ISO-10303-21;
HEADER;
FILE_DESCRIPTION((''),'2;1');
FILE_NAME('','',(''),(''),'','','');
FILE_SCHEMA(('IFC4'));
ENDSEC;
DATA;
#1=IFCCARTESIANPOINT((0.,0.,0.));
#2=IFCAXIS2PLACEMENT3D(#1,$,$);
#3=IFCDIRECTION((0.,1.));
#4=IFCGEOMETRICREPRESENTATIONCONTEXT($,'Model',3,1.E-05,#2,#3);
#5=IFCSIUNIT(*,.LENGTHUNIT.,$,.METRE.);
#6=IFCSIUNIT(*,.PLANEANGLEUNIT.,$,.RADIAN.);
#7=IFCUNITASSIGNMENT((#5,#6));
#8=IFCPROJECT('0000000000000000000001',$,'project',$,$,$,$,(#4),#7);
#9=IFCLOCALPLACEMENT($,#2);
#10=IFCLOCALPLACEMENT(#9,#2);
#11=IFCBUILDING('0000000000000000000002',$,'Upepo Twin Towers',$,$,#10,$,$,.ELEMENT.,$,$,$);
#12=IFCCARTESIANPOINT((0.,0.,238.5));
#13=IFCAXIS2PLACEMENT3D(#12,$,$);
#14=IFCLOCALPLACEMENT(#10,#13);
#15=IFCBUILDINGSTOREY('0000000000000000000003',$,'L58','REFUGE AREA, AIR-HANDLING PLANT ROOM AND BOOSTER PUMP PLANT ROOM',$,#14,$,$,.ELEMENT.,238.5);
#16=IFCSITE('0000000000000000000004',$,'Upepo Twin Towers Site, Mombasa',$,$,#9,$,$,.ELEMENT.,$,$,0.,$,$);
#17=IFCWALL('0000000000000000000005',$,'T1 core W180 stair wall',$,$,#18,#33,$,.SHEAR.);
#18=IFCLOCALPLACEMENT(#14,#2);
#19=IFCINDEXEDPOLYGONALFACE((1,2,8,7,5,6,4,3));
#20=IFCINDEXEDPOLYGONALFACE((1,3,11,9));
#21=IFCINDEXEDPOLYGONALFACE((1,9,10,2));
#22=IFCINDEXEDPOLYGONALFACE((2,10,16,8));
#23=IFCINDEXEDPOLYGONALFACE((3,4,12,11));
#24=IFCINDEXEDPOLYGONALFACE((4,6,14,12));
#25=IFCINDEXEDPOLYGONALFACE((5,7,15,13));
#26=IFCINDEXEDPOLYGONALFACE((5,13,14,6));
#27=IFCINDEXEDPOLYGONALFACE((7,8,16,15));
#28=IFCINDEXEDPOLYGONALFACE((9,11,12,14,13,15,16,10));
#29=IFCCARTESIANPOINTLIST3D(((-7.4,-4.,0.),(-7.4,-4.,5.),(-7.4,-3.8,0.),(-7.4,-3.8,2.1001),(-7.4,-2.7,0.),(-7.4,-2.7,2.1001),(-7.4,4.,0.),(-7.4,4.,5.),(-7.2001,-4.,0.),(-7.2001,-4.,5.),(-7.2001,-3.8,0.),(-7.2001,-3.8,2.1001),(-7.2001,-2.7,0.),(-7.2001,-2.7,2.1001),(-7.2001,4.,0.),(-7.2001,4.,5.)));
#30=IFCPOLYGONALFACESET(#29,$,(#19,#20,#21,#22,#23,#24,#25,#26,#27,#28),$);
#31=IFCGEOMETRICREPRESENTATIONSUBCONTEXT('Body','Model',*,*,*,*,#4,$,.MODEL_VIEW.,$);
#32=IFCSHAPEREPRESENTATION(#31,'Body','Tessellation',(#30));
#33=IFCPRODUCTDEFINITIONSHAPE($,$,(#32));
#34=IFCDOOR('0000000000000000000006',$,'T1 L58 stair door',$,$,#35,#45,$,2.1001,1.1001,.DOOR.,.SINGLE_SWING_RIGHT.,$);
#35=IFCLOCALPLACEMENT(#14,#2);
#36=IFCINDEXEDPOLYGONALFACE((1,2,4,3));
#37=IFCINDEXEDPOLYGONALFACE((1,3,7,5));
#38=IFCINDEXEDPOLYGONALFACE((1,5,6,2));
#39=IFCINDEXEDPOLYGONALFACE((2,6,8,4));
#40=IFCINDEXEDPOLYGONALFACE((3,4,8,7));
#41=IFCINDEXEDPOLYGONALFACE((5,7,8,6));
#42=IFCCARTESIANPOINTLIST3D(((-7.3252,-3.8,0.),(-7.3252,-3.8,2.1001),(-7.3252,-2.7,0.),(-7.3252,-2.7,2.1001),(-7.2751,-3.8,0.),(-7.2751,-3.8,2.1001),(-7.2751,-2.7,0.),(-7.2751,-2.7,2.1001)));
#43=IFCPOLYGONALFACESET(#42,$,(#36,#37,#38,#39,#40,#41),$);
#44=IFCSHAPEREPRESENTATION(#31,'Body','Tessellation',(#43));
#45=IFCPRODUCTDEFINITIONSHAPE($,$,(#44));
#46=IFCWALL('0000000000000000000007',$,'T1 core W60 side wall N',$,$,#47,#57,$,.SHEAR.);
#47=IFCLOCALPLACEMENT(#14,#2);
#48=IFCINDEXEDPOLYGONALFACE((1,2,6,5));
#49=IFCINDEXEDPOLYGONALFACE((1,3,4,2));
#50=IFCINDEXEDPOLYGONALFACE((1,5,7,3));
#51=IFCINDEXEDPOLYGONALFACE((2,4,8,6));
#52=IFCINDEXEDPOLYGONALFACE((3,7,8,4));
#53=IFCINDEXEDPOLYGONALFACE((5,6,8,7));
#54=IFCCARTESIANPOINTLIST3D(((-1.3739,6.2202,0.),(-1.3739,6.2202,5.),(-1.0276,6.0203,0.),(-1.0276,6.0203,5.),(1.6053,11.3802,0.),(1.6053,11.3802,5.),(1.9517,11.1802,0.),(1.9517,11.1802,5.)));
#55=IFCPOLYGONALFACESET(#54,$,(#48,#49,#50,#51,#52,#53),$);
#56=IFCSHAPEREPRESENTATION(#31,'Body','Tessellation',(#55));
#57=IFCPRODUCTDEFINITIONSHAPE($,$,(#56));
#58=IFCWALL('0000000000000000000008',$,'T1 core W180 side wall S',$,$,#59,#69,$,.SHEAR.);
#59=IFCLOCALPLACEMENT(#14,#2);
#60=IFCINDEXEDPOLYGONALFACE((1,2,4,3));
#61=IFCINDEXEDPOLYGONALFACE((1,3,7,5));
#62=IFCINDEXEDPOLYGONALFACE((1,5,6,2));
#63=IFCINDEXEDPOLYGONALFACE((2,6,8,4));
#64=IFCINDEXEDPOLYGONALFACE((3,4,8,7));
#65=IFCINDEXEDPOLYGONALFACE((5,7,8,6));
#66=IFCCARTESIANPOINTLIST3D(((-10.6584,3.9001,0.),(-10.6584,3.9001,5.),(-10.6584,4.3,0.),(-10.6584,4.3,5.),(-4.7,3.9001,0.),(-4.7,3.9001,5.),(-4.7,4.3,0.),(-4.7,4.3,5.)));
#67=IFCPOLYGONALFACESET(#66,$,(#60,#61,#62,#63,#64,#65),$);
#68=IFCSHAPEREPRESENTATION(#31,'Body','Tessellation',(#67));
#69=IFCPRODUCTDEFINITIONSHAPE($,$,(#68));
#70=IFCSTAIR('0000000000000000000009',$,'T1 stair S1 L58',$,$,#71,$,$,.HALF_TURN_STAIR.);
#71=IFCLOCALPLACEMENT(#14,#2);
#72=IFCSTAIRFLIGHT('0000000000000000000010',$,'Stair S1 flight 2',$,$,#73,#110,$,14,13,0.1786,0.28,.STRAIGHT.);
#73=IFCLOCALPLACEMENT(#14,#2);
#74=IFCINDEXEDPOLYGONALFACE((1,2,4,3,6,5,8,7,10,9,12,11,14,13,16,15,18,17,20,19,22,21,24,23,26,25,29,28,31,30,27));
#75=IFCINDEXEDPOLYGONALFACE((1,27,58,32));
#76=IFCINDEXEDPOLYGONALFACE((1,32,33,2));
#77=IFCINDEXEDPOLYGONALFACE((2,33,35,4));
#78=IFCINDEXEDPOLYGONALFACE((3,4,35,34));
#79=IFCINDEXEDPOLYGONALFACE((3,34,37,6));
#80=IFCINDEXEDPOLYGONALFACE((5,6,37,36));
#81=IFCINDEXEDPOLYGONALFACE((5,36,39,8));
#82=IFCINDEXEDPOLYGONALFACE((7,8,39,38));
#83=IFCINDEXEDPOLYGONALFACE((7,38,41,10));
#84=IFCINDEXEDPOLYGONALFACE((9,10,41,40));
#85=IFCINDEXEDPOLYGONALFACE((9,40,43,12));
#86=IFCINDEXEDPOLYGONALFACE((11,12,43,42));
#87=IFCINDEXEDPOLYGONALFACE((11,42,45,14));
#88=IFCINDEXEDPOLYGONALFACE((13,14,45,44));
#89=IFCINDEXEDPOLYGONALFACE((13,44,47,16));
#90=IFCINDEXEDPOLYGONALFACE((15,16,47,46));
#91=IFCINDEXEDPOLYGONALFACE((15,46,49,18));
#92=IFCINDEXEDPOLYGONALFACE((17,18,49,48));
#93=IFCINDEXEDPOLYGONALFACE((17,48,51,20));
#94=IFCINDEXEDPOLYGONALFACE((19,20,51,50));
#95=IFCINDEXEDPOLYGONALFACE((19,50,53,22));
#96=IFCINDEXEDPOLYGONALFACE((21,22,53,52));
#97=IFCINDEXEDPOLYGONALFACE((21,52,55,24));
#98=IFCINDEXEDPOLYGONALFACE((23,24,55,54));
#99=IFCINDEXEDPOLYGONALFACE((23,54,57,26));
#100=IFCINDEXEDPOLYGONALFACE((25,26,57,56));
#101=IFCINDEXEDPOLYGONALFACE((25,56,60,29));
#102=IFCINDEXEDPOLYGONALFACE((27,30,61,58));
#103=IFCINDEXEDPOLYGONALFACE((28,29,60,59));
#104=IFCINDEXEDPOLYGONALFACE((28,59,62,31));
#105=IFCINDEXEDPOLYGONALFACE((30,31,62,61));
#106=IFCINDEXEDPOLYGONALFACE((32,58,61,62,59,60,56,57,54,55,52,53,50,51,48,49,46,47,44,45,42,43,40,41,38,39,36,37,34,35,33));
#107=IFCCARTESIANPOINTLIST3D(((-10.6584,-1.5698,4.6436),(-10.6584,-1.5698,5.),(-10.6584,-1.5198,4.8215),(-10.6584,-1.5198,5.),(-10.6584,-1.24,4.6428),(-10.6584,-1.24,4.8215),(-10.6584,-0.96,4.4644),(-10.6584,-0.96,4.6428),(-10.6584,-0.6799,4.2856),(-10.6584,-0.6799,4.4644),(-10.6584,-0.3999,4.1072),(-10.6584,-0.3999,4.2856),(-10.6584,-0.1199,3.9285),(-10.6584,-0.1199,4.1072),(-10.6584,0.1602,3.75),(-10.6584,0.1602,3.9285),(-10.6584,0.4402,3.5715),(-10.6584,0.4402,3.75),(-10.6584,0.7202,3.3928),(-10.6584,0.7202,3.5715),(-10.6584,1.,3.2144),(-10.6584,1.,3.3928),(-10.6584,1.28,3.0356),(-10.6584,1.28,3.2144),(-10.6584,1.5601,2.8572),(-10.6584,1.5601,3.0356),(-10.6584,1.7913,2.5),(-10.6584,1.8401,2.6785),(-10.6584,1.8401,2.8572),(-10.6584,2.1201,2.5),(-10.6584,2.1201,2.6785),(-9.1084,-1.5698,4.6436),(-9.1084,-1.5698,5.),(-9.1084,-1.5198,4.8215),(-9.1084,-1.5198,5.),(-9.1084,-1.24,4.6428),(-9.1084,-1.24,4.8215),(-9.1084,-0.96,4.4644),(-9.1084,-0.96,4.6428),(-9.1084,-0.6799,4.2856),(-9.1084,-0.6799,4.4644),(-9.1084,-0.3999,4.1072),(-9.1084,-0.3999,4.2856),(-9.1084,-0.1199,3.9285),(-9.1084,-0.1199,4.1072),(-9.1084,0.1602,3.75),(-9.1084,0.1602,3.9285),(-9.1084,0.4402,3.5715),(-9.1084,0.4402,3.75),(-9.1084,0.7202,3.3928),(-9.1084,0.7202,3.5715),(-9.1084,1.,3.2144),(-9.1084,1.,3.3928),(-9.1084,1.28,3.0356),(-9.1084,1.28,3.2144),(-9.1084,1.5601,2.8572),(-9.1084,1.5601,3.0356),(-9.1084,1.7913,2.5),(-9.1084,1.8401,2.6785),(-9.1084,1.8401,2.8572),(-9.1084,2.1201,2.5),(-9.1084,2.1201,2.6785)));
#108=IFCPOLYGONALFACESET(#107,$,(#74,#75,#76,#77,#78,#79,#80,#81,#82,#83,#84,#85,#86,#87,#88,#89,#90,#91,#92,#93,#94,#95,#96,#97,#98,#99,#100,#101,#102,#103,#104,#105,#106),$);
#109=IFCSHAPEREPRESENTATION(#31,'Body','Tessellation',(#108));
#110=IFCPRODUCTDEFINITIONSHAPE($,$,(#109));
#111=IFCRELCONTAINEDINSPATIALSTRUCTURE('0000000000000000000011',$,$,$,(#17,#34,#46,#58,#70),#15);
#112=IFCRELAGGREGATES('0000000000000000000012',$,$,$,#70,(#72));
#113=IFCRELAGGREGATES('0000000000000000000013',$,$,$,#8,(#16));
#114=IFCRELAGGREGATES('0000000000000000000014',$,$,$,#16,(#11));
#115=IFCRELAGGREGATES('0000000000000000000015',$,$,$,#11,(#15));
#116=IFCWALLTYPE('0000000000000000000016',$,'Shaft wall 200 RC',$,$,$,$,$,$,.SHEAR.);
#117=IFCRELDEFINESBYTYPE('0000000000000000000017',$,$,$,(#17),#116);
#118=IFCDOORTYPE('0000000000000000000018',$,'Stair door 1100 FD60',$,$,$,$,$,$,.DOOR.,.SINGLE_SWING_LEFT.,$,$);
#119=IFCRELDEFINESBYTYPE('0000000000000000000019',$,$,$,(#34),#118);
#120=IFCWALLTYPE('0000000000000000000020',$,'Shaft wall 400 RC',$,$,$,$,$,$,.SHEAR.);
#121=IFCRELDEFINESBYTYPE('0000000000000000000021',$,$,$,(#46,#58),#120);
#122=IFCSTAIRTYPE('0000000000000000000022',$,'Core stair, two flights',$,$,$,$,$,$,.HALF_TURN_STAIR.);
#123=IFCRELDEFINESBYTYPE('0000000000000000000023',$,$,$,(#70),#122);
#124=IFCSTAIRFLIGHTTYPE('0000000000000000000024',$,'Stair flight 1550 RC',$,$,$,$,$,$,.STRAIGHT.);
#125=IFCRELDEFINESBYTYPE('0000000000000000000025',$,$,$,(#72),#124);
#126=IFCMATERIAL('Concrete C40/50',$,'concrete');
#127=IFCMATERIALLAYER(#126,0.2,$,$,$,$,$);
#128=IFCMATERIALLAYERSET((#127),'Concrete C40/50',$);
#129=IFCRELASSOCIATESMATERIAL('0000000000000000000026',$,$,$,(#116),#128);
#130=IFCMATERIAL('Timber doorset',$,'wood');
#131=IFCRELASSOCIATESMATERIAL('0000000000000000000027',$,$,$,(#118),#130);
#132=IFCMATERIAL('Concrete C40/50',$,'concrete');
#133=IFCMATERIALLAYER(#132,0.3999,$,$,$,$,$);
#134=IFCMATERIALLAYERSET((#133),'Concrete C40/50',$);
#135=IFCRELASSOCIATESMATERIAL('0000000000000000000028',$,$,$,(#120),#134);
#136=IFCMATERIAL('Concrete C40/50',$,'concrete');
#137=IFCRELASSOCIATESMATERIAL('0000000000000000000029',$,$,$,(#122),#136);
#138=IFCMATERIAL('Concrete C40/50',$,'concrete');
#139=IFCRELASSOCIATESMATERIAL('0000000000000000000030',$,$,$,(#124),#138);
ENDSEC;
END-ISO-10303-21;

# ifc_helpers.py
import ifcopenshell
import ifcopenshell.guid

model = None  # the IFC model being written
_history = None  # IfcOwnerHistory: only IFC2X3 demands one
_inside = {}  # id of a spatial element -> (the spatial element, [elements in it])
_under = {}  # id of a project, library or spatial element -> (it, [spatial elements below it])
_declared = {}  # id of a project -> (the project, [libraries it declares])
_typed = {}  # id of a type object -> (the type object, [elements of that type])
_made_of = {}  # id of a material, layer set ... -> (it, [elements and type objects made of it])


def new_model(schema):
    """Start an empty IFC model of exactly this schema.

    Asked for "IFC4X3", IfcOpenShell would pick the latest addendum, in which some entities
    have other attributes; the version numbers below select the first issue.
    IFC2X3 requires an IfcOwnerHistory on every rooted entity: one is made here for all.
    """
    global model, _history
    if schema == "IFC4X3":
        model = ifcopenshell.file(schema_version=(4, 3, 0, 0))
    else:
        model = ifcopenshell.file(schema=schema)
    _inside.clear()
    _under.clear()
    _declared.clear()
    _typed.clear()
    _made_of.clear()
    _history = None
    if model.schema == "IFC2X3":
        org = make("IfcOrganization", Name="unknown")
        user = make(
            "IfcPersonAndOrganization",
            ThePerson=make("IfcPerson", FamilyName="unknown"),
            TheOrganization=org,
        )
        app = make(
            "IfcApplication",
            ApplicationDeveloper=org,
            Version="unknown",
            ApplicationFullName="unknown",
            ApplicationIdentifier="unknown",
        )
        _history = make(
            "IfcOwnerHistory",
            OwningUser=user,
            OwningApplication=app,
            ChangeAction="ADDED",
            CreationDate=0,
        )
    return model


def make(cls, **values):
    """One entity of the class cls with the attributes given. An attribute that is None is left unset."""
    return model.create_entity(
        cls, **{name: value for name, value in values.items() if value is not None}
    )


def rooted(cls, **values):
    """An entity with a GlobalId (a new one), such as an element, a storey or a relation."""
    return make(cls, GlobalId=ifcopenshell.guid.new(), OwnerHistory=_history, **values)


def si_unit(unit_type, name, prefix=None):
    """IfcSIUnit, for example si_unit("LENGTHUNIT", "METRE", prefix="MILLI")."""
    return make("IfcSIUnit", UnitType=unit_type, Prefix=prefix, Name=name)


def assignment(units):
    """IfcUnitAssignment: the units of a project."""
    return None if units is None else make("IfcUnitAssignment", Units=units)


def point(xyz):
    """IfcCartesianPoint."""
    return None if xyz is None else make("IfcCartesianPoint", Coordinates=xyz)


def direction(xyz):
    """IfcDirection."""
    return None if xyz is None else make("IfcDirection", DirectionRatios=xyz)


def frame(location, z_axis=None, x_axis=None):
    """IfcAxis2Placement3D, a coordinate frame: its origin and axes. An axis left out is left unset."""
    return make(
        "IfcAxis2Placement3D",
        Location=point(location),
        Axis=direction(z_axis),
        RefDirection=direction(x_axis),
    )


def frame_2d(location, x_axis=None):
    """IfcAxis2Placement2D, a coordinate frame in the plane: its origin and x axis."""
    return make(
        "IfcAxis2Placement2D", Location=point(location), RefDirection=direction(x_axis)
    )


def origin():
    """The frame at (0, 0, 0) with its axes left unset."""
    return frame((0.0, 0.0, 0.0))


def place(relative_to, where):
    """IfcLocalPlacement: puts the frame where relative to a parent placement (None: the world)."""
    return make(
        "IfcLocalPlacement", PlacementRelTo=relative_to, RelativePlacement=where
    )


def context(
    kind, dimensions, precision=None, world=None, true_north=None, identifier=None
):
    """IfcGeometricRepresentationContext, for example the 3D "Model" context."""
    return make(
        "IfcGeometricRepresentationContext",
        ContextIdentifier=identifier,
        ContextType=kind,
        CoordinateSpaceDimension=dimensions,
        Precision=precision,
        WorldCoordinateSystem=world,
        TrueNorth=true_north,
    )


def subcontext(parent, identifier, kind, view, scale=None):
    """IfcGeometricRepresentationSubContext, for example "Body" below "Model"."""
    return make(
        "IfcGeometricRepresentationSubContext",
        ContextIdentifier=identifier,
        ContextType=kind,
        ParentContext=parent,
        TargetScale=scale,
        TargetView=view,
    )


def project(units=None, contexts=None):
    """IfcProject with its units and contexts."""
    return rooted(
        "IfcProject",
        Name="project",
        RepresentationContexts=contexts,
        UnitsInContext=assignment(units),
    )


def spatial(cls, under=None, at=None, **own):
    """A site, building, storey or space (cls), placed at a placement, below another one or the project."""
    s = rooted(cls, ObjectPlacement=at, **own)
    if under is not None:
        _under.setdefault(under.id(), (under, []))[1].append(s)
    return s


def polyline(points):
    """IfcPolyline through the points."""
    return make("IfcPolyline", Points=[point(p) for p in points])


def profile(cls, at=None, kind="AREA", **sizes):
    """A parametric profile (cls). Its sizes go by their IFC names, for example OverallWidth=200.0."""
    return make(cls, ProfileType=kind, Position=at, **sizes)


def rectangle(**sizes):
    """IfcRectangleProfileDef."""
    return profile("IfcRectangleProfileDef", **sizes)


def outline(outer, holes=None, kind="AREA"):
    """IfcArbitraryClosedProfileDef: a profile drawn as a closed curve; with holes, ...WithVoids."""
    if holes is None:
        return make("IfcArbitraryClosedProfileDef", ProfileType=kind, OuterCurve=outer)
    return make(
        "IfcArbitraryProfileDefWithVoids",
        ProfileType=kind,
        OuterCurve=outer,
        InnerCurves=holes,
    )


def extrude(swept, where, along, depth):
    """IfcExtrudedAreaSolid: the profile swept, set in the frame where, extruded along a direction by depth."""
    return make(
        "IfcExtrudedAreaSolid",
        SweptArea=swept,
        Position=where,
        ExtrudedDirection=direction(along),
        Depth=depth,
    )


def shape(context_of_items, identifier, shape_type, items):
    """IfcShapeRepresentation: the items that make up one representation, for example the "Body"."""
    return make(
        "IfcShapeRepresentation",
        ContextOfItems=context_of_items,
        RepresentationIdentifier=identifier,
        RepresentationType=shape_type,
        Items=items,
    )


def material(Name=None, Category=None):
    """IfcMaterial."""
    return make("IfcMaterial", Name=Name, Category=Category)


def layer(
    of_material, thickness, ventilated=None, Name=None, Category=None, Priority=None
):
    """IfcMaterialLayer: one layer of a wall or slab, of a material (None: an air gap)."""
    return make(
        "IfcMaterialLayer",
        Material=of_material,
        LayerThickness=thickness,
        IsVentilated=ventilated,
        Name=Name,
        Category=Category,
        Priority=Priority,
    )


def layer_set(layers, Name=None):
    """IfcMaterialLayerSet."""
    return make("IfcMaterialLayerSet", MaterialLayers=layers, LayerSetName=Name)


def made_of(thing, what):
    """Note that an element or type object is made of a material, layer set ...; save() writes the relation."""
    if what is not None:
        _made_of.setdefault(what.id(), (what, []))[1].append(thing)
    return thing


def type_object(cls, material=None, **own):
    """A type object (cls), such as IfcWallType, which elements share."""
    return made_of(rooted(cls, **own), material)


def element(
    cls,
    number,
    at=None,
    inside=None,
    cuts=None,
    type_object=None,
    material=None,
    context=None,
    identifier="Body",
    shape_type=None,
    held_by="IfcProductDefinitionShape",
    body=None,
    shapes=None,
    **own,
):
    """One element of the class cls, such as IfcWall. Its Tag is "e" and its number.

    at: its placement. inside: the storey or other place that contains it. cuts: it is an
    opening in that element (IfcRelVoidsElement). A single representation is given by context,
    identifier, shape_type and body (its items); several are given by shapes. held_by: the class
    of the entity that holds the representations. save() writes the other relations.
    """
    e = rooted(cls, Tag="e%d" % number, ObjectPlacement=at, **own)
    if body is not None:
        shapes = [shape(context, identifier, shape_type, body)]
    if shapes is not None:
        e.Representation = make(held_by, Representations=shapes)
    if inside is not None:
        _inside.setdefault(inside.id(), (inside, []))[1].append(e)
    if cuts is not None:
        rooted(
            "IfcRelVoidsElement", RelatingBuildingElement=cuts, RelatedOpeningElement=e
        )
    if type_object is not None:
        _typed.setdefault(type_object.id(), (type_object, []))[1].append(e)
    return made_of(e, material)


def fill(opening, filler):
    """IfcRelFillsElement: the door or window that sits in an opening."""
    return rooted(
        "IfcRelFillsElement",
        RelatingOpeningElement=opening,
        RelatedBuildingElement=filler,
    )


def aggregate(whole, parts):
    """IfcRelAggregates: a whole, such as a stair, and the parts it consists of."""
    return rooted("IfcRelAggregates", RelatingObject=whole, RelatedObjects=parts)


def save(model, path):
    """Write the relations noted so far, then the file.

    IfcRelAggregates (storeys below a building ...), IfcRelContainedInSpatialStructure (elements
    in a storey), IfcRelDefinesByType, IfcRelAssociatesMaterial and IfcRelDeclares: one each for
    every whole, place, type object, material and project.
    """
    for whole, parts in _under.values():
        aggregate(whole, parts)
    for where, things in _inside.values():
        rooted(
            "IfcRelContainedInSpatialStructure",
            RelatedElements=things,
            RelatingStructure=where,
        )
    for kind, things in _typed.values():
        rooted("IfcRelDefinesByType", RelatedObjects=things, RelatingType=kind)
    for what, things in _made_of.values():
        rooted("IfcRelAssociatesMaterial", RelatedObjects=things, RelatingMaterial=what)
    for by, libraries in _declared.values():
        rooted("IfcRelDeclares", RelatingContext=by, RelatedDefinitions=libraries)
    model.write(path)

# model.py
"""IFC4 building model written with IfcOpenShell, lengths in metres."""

from ifc_helpers import new_model, si_unit, direction, frame, frame_2d, origin, place, context, subcontext, project, spatial, polyline, rectangle, outline, extrude, material, layer, layer_set, type_object, element, fill, aggregate, save


model = new_model("IFC4")

# Units and contexts
model_context = context("Model", 3, precision=1e-05, world=origin(), true_north=direction((0.0, 1.0)))
body_context = subcontext(model_context, "Body", "Model", "MODEL_VIEW")
ifc_project = project(units=[si_unit("LENGTHUNIT", "METRE"), si_unit("PLANEANGLEUNIT", "RADIAN")], contexts=[model_context])

# Site, building, storey
site_placement = place(None, origin())
site = spatial("IfcSite", under=ifc_project, at=site_placement, Name="Upepo Twin Towers Site, Mombasa", CompositionType="ELEMENT", RefElevation=0.0)
building_placement = place(site_placement, origin())
building = spatial("IfcBuilding", under=site, at=building_placement, Name="Upepo Twin Towers", CompositionType="ELEMENT")
storey_placement = place(building_placement, frame((0.0, 0.0, 238.5)))
storey = spatial("IfcBuildingStorey", under=building, at=storey_placement, Name="L58", Description="REFUGE AREA, AIR-HANDLING PLANT ROOM AND BOOSTER PUMP PLANT ROOM", CompositionType="ELEMENT", Elevation=238.5)

# Shared definitions
ifc_material_1 = material(Name="Concrete C40/50", Category="concrete")
ifc_layer_1 = layer(ifc_material_1, 0.2)
ifc_layer_set_1 = layer_set([ifc_layer_1], Name="Concrete C40/50")
wall_type_1 = type_object("IfcWallType", Name="Shaft wall 200 RC", PredefinedType="SHEAR", material=ifc_layer_set_1)

# Wall, opening, door
wall_1_placement = place(storey_placement, frame((-7.3, 4.0, 0.0), z_axis=(0.0, 0.0, 1.0), x_axis=(0.0, -1.0, 0.0)))
wall_1 = element("IfcWall", 1, at=wall_1_placement, inside=storey, type_object=wall_type_1, Name="T1 core W180 stair wall", PredefinedType="SHEAR", context=body_context, shape_type="SweptSolid", body=[
    extrude(rectangle(XDim=8.0, YDim=0.2, at=frame_2d((4.0, 0.0))), origin(), (0.0, 0.0, 1.0), 5.0),
])
opening_1_placement = place(wall_1_placement, frame((6.7, 0.0, 0.0)))
opening_1 = element("IfcOpeningElement", 2, at=opening_1_placement, cuts=wall_1, PredefinedType="OPENING", context=body_context, shape_type="SweptSolid", body=[
    extrude(rectangle(XDim=1.1001, YDim=2.1001, at=frame_2d((0.55, 1.05))), frame((0.0, 0.1099, 0.0), z_axis=(0.0, -1.0, 0.0), x_axis=(1.0, 0.0, 0.0)), (0.0, 0.0, 1.0), 0.22),
])
ifc_material_2 = material(Name="Timber doorset", Category="wood")
door_type_1 = type_object("IfcDoorType", Name="Stair door 1100 FD60", OperationType="SINGLE_SWING_LEFT", PredefinedType="DOOR", material=ifc_material_2)
door_1_placement = place(opening_1_placement, origin())
door_1 = element("IfcDoor", 3, at=door_1_placement, inside=storey, type_object=door_type_1, Name="T1 L58 stair door", OperationType="SINGLE_SWING_RIGHT", OverallHeight=2.1001, OverallWidth=1.1001, PredefinedType="DOOR", context=body_context, shape_type="SweptSolid", body=[
    extrude(rectangle(XDim=1.1001, YDim=2.1001, at=frame_2d((0.55, 1.05))), frame((0.0, 0.0249, 0.0), z_axis=(0.0, -1.0, 0.0), x_axis=(1.0, 0.0, 0.0)), (0.0, 0.0, 1.0), 0.05),
])
fill(opening_1, door_1)

# Walls
ifc_material_3 = material(Name="Concrete C40/50", Category="concrete")
ifc_layer_2 = layer(ifc_material_3, 0.3999)
ifc_layer_set_2 = layer_set([ifc_layer_2], Name="Concrete C40/50")
wall_type_2 = type_object("IfcWallType", Name="Shaft wall 400 RC", PredefinedType="SHEAR", material=ifc_layer_set_2)
wall_2_placement = place(storey_placement, frame((-1.2007, 6.1204, 0.0), z_axis=(0.0, 0.0, 1.0), x_axis=(0.500022, 0.866013, 0.0)))
element("IfcWall", 4, at=wall_2_placement, inside=storey, type_object=wall_type_2, Name="T1 core W60 side wall N", PredefinedType="SHEAR", context=body_context, shape_type="SweptSolid", body=[
    extrude(rectangle(XDim=5.9583, YDim=0.3999, at=frame_2d((2.979, 0.0))), origin(), (0.0, 0.0, 1.0), 5.0),
])
wall_3_placement = place(storey_placement, frame((-4.7, 4.1001, 0.0), z_axis=(0.0, 0.0, 1.0), x_axis=(-1.0, 0.0, 0.0)))
element("IfcWall", 5, at=wall_3_placement, inside=storey, type_object=wall_type_2, Name="T1 core W180 side wall S", PredefinedType="SHEAR", context=body_context, shape_type="SweptSolid", body=[
    extrude(rectangle(XDim=5.9585, YDim=0.3999, at=frame_2d((2.9792, 0.0))), origin(), (0.0, 0.0, 1.0), 5.0),
])

# Stair, stair flight
ifc_material_4 = material(Name="Concrete C40/50", Category="concrete")
stair_type = type_object("IfcStairType", Name="Core stair, two flights", PredefinedType="HALF_TURN_STAIR", material=ifc_material_4)
stair_placement = place(storey_placement, origin())
stair = element("IfcStair", 6, at=stair_placement, inside=storey, type_object=stair_type, Name="T1 stair S1 L58", PredefinedType="HALF_TURN_STAIR")
ifc_material_5 = material(Name="Concrete C40/50", Category="concrete")
stair_flight_type = type_object("IfcStairFlightType", Name="Stair flight 1550 RC", PredefinedType="STRAIGHT", material=ifc_material_5)
stair_flight_placement = place(storey_placement, frame((-9.8833, 2.1201, 2.5), z_axis=(0.0, 0.0, 1.0), x_axis=(0.0, -1.0, 0.0)))
stair_flight = element("IfcStairFlight", 7, at=stair_flight_placement, type_object=stair_flight_type, Name="Stair S1 flight 2", NumberOfRisers=14, NumberOfTreads=13, PredefinedType="STRAIGHT", RiserHeight=0.1786, TreadLength=0.28, context=body_context, shape_type="SweptSolid", body=[
    extrude(outline(polyline([(0.0, 0.0), (0.0, 0.1785), (0.28, 0.1785), (0.28, 0.3572), (0.5601, 0.3572), (0.5601, 0.5356), (0.8401, 0.5356), (0.8401, 0.7144), (1.1201, 0.7144), (1.1201, 0.8928), (1.3999, 0.8928), (1.3999, 1.0715), (1.6799, 1.0715), (1.6799, 1.25), (1.96, 1.25), (1.96, 1.4285), (2.24, 1.4285), (2.24, 1.6072), (2.52, 1.6072), (2.52, 1.7856), (2.8, 1.7856), (2.8, 1.9644), (3.0801, 1.9644), (3.0801, 2.1428), (3.3601, 2.1428), (3.3601, 2.3215), (3.6399, 2.3215), (3.6399, 2.5), (3.6899, 2.5), (3.6899, 2.1436), (0.3289, 0.0), (0.0, 0.0)])), frame((0.0, 0.7749, 0.0), z_axis=(0.0, -1.0, 0.0), x_axis=(1.0, 0.0, 0.0)), (0.0, 0.0, 1.0), 1.55),
])
aggregate(stair, [stair_flight])

save(model, "model.ifc")
